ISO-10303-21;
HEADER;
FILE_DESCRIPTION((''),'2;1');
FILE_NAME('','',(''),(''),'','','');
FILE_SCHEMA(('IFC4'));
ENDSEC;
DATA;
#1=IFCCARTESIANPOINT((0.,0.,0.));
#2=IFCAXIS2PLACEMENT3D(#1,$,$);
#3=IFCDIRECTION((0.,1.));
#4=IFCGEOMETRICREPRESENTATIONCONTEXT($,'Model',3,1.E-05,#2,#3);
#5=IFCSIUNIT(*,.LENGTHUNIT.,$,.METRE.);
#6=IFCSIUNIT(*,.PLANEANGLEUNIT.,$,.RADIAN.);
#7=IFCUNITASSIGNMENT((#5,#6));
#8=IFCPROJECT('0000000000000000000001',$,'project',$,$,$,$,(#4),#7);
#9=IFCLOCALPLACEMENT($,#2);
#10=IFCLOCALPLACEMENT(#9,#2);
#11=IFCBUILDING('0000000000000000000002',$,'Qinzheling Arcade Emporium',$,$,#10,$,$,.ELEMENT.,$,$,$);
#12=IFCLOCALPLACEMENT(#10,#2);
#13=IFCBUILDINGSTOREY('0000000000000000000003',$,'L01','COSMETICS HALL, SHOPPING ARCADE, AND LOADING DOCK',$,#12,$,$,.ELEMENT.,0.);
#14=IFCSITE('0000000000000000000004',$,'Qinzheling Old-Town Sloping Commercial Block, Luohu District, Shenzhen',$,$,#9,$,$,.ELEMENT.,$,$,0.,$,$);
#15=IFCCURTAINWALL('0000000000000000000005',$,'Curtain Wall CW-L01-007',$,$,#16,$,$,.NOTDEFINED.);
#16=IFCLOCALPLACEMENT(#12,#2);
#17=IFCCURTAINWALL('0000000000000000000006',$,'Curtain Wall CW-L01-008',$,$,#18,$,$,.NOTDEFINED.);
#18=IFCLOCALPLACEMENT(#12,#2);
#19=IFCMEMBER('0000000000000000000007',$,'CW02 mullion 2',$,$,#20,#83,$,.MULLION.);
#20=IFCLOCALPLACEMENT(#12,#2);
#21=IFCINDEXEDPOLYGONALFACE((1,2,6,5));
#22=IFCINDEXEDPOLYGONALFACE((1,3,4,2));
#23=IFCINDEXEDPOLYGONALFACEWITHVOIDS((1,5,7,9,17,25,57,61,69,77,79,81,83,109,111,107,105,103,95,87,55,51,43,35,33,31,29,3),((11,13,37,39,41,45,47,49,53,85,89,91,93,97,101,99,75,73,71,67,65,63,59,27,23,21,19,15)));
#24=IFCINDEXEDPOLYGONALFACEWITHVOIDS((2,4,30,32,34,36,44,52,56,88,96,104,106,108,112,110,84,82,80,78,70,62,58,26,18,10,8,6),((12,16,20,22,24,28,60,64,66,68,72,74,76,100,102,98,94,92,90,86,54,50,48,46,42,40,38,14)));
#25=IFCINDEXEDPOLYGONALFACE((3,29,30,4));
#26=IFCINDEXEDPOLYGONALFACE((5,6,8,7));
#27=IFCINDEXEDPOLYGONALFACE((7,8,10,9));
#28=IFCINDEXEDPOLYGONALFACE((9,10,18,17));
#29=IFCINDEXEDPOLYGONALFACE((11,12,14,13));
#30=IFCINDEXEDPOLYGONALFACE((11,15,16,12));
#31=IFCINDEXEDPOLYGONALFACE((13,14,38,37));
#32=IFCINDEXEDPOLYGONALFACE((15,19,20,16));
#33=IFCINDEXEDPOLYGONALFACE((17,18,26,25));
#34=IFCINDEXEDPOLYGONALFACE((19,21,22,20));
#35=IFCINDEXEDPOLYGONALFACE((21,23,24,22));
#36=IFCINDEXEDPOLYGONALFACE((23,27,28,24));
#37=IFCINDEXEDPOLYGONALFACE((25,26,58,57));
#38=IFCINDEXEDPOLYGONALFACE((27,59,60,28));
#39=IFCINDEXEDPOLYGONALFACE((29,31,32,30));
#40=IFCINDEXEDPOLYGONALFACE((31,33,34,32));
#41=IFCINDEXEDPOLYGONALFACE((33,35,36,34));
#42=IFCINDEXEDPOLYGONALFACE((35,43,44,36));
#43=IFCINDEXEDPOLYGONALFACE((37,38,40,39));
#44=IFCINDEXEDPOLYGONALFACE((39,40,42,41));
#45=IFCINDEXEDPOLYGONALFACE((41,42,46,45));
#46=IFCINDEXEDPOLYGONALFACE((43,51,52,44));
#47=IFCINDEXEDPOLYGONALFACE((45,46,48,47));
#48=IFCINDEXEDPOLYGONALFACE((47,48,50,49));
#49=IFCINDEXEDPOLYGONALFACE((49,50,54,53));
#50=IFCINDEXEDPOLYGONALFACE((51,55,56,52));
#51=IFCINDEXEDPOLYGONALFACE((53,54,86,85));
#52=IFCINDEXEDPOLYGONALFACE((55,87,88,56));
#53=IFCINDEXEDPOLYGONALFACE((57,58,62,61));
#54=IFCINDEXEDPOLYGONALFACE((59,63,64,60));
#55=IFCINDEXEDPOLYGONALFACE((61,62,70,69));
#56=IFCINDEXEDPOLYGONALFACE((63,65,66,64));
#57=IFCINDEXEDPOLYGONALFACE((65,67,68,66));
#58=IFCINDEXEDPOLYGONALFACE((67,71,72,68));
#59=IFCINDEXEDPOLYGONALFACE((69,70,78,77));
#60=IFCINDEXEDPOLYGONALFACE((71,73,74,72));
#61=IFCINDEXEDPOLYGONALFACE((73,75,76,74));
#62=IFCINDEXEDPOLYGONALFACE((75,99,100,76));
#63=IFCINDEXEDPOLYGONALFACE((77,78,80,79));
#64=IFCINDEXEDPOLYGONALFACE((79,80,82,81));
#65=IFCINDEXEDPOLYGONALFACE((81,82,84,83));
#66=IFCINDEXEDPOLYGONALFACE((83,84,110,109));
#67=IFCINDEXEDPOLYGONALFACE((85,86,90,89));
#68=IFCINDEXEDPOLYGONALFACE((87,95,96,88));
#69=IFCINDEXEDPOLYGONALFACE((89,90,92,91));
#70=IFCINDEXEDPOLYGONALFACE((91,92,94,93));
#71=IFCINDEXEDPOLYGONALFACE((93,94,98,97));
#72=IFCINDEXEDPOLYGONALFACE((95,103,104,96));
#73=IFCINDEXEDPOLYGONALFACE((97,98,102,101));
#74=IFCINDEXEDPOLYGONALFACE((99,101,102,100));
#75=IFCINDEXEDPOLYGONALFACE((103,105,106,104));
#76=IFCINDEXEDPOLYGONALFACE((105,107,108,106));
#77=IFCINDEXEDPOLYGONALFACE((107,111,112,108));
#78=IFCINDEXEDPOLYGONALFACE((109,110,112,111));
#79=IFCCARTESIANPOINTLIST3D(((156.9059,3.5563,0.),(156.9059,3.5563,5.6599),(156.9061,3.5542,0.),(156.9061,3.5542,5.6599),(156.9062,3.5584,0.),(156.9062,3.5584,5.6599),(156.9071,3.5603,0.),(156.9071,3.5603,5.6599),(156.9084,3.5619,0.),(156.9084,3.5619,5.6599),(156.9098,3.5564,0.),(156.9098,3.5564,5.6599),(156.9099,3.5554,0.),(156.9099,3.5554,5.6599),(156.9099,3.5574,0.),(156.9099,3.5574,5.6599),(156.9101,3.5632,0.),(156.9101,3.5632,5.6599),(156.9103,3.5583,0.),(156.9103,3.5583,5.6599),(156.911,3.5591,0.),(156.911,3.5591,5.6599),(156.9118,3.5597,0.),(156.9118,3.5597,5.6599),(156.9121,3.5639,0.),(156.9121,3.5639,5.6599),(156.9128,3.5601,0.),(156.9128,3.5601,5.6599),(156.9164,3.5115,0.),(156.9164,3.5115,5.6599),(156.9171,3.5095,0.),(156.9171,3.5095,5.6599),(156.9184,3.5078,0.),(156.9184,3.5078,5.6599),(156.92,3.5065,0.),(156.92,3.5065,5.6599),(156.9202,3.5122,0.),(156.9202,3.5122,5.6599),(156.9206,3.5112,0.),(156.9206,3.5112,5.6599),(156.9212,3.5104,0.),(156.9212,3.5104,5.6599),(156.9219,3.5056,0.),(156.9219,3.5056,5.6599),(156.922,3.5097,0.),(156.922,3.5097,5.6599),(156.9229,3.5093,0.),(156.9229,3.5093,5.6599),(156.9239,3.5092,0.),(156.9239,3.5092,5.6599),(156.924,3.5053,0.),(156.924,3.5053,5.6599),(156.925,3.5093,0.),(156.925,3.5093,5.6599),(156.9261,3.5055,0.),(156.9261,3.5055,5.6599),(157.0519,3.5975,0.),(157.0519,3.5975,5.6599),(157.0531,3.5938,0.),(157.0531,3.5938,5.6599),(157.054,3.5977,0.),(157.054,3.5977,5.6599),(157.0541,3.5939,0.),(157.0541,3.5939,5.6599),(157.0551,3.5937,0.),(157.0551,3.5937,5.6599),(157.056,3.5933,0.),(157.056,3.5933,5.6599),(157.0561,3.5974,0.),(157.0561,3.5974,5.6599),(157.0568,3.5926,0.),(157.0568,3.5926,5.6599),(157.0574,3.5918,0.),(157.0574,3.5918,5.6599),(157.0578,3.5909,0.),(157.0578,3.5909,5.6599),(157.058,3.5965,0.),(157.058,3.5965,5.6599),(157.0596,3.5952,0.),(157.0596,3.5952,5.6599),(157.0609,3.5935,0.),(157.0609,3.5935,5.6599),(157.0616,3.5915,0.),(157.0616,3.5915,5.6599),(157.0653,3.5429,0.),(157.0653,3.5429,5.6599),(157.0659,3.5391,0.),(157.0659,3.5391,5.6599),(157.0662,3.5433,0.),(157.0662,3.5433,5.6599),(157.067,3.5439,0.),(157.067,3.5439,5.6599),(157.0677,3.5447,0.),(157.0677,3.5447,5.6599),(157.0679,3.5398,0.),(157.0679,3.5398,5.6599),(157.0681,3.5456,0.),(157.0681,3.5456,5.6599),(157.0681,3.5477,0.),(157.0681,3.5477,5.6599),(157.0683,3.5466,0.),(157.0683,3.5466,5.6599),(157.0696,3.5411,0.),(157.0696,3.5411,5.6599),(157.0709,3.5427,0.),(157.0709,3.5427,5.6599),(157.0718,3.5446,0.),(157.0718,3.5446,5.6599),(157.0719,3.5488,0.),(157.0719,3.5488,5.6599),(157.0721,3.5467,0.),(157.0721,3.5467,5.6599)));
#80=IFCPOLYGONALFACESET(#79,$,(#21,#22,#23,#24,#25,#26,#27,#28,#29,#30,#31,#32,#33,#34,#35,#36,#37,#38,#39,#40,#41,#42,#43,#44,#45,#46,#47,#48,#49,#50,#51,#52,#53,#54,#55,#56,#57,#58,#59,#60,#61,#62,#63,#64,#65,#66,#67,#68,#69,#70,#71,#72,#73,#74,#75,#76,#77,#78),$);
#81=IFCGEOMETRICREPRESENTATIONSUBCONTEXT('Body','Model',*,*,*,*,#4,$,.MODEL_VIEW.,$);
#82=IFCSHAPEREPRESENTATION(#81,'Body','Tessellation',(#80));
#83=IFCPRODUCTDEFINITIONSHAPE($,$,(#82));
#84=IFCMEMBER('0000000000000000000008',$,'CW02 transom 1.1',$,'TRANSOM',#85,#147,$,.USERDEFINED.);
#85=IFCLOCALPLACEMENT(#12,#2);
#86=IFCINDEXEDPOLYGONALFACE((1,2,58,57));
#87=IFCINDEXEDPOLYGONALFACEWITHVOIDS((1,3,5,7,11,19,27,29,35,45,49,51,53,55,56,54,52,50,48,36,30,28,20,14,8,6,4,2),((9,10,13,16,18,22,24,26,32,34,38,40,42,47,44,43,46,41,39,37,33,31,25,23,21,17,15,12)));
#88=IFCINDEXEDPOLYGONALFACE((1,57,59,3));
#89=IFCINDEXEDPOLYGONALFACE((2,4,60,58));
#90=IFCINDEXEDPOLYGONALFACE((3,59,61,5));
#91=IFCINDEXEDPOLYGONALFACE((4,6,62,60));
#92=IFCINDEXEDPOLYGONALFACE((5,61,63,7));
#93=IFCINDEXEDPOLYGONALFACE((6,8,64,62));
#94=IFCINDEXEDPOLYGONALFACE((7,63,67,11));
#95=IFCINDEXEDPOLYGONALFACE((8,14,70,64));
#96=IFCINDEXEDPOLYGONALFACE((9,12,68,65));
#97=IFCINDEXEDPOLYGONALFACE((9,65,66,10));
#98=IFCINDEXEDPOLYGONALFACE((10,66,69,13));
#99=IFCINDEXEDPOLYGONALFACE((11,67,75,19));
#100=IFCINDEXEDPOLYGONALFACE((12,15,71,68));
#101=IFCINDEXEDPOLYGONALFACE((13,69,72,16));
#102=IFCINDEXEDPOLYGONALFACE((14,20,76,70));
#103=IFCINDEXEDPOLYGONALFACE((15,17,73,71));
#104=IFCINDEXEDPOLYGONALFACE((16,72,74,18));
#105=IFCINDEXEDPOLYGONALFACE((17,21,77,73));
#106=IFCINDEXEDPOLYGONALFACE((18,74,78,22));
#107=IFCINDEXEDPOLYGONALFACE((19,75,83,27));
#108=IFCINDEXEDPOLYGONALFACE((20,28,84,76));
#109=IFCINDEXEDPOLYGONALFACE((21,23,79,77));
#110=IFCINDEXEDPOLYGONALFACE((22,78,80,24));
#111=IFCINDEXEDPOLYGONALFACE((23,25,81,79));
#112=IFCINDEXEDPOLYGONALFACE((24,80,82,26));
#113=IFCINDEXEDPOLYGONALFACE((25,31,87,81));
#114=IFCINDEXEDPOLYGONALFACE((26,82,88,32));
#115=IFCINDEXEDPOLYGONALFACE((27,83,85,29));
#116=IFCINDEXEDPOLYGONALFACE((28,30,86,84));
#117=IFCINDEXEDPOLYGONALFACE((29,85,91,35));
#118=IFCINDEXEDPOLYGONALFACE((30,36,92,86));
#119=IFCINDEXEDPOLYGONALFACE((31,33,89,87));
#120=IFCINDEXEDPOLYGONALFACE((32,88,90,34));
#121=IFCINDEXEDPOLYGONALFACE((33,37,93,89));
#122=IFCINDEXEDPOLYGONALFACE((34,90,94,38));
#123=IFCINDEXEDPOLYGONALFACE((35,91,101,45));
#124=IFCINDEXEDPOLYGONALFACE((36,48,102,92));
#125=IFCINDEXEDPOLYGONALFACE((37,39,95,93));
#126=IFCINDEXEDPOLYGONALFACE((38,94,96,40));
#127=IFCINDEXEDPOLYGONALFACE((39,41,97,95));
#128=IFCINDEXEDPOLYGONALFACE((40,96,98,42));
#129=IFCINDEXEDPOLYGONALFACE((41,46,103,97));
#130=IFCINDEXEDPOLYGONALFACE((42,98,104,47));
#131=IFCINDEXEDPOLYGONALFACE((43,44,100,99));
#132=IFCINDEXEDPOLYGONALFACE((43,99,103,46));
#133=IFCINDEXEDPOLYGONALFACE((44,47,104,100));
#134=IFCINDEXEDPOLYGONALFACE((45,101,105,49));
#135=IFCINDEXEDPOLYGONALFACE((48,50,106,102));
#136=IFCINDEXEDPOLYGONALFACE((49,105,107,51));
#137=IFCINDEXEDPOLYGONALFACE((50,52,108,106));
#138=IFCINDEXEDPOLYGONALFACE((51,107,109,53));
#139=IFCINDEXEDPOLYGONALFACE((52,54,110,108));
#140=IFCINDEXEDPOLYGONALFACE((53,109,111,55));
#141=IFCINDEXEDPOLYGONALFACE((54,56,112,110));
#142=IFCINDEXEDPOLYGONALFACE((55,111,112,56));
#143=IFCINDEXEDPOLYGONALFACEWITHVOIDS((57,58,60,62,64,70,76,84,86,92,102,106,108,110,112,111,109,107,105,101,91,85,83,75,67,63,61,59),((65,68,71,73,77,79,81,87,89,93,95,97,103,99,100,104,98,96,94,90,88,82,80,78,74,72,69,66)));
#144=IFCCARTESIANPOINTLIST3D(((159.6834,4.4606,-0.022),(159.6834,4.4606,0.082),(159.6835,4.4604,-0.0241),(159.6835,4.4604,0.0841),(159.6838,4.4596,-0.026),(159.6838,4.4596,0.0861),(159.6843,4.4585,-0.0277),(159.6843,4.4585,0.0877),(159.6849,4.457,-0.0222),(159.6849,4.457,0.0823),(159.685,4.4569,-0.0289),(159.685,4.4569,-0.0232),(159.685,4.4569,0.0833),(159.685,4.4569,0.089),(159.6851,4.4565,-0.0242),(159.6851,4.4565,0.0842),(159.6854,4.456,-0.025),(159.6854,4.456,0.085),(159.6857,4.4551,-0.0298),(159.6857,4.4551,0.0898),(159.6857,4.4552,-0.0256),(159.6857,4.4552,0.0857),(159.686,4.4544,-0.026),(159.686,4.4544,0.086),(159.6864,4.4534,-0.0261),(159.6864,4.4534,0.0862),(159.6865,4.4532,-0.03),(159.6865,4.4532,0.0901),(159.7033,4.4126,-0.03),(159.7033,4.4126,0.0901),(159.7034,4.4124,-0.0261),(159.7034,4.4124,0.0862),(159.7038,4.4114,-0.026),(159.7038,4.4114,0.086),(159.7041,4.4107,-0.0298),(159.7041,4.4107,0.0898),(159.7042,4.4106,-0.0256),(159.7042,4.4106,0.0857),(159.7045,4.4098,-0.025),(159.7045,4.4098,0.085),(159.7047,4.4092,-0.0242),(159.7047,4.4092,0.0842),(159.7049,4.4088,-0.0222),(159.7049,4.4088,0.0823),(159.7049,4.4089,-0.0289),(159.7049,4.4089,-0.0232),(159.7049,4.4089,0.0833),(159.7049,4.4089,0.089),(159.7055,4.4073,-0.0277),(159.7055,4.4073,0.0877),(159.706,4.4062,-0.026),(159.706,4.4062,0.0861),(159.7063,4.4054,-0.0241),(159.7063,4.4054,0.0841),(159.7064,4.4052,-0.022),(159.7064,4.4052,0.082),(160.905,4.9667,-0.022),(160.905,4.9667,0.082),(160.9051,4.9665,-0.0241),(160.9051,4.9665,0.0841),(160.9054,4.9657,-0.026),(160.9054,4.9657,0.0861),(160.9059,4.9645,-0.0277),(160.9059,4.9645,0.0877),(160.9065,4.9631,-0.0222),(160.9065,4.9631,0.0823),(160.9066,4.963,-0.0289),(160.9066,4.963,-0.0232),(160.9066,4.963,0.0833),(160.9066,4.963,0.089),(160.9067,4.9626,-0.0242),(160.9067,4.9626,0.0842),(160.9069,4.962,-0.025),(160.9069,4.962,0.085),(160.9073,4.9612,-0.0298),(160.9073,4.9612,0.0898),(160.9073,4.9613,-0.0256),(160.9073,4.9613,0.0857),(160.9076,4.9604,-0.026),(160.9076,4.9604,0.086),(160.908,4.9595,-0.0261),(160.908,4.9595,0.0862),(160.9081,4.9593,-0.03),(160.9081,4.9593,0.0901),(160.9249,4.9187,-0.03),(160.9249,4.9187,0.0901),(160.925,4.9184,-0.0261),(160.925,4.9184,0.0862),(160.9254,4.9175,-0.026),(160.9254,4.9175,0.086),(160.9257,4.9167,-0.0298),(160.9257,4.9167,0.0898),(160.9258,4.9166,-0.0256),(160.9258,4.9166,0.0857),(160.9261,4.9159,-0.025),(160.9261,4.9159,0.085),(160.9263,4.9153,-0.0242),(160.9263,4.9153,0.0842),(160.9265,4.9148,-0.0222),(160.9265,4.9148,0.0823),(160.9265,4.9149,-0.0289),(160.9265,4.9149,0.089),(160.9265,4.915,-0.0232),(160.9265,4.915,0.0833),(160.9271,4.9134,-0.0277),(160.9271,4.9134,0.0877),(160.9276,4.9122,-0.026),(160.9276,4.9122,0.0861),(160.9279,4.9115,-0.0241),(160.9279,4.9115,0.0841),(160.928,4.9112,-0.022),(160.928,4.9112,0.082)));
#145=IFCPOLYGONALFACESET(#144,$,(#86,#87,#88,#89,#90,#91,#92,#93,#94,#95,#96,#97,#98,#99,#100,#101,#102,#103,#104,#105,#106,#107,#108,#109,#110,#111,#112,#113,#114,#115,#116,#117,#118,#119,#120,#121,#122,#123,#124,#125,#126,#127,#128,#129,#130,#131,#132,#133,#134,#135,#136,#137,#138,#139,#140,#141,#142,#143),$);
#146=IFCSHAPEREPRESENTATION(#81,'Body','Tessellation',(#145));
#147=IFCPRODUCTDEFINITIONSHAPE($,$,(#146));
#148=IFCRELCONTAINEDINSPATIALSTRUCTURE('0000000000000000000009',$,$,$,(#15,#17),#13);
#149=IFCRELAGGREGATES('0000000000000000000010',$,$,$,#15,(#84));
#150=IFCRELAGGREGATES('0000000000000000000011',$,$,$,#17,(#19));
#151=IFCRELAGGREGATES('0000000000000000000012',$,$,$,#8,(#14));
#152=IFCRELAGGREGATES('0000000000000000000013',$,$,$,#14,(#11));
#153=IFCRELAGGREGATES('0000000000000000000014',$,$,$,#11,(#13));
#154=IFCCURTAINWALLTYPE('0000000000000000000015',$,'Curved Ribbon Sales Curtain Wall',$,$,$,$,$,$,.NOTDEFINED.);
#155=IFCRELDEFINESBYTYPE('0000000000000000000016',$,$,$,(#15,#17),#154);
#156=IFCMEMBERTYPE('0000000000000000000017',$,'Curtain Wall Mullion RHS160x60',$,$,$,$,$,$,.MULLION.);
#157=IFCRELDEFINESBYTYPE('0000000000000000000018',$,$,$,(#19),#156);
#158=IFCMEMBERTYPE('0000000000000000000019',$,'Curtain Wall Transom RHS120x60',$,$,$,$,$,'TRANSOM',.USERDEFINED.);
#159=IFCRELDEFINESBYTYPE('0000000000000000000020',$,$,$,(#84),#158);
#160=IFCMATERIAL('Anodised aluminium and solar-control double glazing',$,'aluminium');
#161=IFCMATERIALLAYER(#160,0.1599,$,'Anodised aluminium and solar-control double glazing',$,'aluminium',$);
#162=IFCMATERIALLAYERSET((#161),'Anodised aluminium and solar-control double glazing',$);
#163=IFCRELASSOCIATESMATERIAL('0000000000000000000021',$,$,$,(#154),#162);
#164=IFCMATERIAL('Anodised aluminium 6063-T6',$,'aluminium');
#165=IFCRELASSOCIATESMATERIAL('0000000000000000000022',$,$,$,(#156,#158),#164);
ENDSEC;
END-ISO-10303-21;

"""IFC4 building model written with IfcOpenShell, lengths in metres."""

from ifc_helpers import new_model, si_unit, direction, frame, origin, origin_2d, place, context, subcontext, project, spatial, hollow_rectangle, extrude, material, layer, layer_set, material_profile, profile_set, type_object, element, aggregate, save


model = new_model("IFC4")

# Units and contexts
model_context = context("Model", 3, precision=1e-05, world=origin(), true_north=direction((0.0, 1.0)))
body_context = subcontext(model_context, "Body", "Model", "MODEL_VIEW")
ifc_project = project(units=[si_unit("LENGTHUNIT", "METRE"), si_unit("PLANEANGLEUNIT", "RADIAN")], contexts=[model_context])

# Site, building, storey
site_placement = place(None, origin())
site = spatial("IfcSite", under=ifc_project, at=site_placement, Name="Qinzheling Old-Town Sloping Commercial Block, Luohu District, Shenzhen", CompositionType="ELEMENT", RefElevation=0.0)
building_placement = place(site_placement, origin())
building = spatial("IfcBuilding", under=site, at=building_placement, Name="Qinzheling Arcade Emporium", CompositionType="ELEMENT")
storey_placement = place(building_placement, origin())
storey = spatial("IfcBuildingStorey", under=building, at=storey_placement, Name="L01", Description="COSMETICS HALL, SHOPPING ARCADE, AND LOADING DOCK", CompositionType="ELEMENT", Elevation=0.0)

# Curtain walls, member
ifc_material_1 = material(Name="Anodised aluminium and solar-control double glazing", Category="aluminium")
ifc_layer_1 = layer(ifc_material_1, 0.1599, Name="Anodised aluminium and solar-control double glazing", Category="aluminium")
ifc_layer_set_1 = layer_set([ifc_layer_1], Name="Anodised aluminium and solar-control double glazing")
curtain_wall_type = type_object("IfcCurtainWallType", Name="Curved Ribbon Sales Curtain Wall", PredefinedType="NOTDEFINED", material=ifc_layer_set_1)
curtain_wall_1_placement = place(storey_placement, origin())
curtain_wall_1 = element("IfcCurtainWall", 1, at=curtain_wall_1_placement, inside=storey, type_object=curtain_wall_type, Name="Curtain Wall CW-L01-007", PredefinedType="NOTDEFINED")
ifc_material_2 = material(Name="Anodised aluminium 6063-T6", Category="aluminium")
ifc_material_profile_1 = material_profile(ifc_material_2, hollow_rectangle(XDim=0.0601, YDim=0.1599, WallThickness=0.0039, InnerFilletRadius=0.0039, OuterFilletRadius=0.0081, at=origin_2d()), Name="RHS 160x60x4", Category="aluminium")
ifc_profile_set_1 = profile_set([ifc_material_profile_1], Name="Anodised aluminium 6063-T6")
member_type_1 = type_object("IfcMemberType", Name="Curtain Wall Mullion RHS160x60", PredefinedType="MULLION", material=ifc_profile_set_1)
curtain_wall_2_placement = place(storey_placement, origin())
curtain_wall_2 = element("IfcCurtainWall", 2, at=curtain_wall_2_placement, inside=storey, type_object=curtain_wall_type, Name="Curtain Wall CW-L01-008", PredefinedType="NOTDEFINED")
member_1_placement = place(storey_placement, frame((156.989, 3.5515, 0.0), z_axis=(0.0, 0.0, 1.0), x_axis=(0.23336, -0.972391, 0.0)))
member_1 = element("IfcMember", 3, at=member_1_placement, type_object=member_type_1, Name="CW02 mullion 2", PredefinedType="MULLION", context=body_context, shape_type="SweptSolid", body=[
    extrude(hollow_rectangle(XDim=0.0601, YDim=0.1599, WallThickness=0.0039, InnerFilletRadius=0.0039, OuterFilletRadius=0.0081, at=origin_2d()), origin(), (0.0, 0.0, 1.0), 5.6599),
])

# Member
ifc_material_profile_2 = material_profile(ifc_material_2, hollow_rectangle(XDim=0.0601, YDim=0.1201, WallThickness=0.0039, InnerFilletRadius=0.0039, OuterFilletRadius=0.0081, at=origin_2d()), Name="RHS 120x60x4", Category="aluminium")
ifc_profile_set_2 = profile_set([ifc_material_profile_2], Name="Anodised aluminium 6063-T6")
member_type_2 = type_object("IfcMemberType", Name="Curtain Wall Transom RHS120x60", ElementType="TRANSOM", PredefinedType="USERDEFINED", material=ifc_profile_set_2)
member_2_placement = place(storey_placement, frame((160.9165, 4.939, 0.03), z_axis=(-0.923862, -0.382727, 0.0), x_axis=(0.382727, -0.923862, 0.0)))
member_2 = element("IfcMember", 4, at=member_2_placement, type_object=member_type_2, Name="CW02 transom 1.1", ObjectType="TRANSOM", PredefinedType="USERDEFINED", context=body_context, shape_type="SweptSolid", body=[
    extrude(hollow_rectangle(XDim=0.0601, YDim=0.1201, WallThickness=0.0039, InnerFilletRadius=0.0039, OuterFilletRadius=0.0081, at=origin_2d()), origin(), (0.0, 0.0, 1.0), 1.3223),
])

aggregate(curtain_wall_1, [member_2])
aggregate(curtain_wall_2, [member_1])

save(model, "model.ifc")
